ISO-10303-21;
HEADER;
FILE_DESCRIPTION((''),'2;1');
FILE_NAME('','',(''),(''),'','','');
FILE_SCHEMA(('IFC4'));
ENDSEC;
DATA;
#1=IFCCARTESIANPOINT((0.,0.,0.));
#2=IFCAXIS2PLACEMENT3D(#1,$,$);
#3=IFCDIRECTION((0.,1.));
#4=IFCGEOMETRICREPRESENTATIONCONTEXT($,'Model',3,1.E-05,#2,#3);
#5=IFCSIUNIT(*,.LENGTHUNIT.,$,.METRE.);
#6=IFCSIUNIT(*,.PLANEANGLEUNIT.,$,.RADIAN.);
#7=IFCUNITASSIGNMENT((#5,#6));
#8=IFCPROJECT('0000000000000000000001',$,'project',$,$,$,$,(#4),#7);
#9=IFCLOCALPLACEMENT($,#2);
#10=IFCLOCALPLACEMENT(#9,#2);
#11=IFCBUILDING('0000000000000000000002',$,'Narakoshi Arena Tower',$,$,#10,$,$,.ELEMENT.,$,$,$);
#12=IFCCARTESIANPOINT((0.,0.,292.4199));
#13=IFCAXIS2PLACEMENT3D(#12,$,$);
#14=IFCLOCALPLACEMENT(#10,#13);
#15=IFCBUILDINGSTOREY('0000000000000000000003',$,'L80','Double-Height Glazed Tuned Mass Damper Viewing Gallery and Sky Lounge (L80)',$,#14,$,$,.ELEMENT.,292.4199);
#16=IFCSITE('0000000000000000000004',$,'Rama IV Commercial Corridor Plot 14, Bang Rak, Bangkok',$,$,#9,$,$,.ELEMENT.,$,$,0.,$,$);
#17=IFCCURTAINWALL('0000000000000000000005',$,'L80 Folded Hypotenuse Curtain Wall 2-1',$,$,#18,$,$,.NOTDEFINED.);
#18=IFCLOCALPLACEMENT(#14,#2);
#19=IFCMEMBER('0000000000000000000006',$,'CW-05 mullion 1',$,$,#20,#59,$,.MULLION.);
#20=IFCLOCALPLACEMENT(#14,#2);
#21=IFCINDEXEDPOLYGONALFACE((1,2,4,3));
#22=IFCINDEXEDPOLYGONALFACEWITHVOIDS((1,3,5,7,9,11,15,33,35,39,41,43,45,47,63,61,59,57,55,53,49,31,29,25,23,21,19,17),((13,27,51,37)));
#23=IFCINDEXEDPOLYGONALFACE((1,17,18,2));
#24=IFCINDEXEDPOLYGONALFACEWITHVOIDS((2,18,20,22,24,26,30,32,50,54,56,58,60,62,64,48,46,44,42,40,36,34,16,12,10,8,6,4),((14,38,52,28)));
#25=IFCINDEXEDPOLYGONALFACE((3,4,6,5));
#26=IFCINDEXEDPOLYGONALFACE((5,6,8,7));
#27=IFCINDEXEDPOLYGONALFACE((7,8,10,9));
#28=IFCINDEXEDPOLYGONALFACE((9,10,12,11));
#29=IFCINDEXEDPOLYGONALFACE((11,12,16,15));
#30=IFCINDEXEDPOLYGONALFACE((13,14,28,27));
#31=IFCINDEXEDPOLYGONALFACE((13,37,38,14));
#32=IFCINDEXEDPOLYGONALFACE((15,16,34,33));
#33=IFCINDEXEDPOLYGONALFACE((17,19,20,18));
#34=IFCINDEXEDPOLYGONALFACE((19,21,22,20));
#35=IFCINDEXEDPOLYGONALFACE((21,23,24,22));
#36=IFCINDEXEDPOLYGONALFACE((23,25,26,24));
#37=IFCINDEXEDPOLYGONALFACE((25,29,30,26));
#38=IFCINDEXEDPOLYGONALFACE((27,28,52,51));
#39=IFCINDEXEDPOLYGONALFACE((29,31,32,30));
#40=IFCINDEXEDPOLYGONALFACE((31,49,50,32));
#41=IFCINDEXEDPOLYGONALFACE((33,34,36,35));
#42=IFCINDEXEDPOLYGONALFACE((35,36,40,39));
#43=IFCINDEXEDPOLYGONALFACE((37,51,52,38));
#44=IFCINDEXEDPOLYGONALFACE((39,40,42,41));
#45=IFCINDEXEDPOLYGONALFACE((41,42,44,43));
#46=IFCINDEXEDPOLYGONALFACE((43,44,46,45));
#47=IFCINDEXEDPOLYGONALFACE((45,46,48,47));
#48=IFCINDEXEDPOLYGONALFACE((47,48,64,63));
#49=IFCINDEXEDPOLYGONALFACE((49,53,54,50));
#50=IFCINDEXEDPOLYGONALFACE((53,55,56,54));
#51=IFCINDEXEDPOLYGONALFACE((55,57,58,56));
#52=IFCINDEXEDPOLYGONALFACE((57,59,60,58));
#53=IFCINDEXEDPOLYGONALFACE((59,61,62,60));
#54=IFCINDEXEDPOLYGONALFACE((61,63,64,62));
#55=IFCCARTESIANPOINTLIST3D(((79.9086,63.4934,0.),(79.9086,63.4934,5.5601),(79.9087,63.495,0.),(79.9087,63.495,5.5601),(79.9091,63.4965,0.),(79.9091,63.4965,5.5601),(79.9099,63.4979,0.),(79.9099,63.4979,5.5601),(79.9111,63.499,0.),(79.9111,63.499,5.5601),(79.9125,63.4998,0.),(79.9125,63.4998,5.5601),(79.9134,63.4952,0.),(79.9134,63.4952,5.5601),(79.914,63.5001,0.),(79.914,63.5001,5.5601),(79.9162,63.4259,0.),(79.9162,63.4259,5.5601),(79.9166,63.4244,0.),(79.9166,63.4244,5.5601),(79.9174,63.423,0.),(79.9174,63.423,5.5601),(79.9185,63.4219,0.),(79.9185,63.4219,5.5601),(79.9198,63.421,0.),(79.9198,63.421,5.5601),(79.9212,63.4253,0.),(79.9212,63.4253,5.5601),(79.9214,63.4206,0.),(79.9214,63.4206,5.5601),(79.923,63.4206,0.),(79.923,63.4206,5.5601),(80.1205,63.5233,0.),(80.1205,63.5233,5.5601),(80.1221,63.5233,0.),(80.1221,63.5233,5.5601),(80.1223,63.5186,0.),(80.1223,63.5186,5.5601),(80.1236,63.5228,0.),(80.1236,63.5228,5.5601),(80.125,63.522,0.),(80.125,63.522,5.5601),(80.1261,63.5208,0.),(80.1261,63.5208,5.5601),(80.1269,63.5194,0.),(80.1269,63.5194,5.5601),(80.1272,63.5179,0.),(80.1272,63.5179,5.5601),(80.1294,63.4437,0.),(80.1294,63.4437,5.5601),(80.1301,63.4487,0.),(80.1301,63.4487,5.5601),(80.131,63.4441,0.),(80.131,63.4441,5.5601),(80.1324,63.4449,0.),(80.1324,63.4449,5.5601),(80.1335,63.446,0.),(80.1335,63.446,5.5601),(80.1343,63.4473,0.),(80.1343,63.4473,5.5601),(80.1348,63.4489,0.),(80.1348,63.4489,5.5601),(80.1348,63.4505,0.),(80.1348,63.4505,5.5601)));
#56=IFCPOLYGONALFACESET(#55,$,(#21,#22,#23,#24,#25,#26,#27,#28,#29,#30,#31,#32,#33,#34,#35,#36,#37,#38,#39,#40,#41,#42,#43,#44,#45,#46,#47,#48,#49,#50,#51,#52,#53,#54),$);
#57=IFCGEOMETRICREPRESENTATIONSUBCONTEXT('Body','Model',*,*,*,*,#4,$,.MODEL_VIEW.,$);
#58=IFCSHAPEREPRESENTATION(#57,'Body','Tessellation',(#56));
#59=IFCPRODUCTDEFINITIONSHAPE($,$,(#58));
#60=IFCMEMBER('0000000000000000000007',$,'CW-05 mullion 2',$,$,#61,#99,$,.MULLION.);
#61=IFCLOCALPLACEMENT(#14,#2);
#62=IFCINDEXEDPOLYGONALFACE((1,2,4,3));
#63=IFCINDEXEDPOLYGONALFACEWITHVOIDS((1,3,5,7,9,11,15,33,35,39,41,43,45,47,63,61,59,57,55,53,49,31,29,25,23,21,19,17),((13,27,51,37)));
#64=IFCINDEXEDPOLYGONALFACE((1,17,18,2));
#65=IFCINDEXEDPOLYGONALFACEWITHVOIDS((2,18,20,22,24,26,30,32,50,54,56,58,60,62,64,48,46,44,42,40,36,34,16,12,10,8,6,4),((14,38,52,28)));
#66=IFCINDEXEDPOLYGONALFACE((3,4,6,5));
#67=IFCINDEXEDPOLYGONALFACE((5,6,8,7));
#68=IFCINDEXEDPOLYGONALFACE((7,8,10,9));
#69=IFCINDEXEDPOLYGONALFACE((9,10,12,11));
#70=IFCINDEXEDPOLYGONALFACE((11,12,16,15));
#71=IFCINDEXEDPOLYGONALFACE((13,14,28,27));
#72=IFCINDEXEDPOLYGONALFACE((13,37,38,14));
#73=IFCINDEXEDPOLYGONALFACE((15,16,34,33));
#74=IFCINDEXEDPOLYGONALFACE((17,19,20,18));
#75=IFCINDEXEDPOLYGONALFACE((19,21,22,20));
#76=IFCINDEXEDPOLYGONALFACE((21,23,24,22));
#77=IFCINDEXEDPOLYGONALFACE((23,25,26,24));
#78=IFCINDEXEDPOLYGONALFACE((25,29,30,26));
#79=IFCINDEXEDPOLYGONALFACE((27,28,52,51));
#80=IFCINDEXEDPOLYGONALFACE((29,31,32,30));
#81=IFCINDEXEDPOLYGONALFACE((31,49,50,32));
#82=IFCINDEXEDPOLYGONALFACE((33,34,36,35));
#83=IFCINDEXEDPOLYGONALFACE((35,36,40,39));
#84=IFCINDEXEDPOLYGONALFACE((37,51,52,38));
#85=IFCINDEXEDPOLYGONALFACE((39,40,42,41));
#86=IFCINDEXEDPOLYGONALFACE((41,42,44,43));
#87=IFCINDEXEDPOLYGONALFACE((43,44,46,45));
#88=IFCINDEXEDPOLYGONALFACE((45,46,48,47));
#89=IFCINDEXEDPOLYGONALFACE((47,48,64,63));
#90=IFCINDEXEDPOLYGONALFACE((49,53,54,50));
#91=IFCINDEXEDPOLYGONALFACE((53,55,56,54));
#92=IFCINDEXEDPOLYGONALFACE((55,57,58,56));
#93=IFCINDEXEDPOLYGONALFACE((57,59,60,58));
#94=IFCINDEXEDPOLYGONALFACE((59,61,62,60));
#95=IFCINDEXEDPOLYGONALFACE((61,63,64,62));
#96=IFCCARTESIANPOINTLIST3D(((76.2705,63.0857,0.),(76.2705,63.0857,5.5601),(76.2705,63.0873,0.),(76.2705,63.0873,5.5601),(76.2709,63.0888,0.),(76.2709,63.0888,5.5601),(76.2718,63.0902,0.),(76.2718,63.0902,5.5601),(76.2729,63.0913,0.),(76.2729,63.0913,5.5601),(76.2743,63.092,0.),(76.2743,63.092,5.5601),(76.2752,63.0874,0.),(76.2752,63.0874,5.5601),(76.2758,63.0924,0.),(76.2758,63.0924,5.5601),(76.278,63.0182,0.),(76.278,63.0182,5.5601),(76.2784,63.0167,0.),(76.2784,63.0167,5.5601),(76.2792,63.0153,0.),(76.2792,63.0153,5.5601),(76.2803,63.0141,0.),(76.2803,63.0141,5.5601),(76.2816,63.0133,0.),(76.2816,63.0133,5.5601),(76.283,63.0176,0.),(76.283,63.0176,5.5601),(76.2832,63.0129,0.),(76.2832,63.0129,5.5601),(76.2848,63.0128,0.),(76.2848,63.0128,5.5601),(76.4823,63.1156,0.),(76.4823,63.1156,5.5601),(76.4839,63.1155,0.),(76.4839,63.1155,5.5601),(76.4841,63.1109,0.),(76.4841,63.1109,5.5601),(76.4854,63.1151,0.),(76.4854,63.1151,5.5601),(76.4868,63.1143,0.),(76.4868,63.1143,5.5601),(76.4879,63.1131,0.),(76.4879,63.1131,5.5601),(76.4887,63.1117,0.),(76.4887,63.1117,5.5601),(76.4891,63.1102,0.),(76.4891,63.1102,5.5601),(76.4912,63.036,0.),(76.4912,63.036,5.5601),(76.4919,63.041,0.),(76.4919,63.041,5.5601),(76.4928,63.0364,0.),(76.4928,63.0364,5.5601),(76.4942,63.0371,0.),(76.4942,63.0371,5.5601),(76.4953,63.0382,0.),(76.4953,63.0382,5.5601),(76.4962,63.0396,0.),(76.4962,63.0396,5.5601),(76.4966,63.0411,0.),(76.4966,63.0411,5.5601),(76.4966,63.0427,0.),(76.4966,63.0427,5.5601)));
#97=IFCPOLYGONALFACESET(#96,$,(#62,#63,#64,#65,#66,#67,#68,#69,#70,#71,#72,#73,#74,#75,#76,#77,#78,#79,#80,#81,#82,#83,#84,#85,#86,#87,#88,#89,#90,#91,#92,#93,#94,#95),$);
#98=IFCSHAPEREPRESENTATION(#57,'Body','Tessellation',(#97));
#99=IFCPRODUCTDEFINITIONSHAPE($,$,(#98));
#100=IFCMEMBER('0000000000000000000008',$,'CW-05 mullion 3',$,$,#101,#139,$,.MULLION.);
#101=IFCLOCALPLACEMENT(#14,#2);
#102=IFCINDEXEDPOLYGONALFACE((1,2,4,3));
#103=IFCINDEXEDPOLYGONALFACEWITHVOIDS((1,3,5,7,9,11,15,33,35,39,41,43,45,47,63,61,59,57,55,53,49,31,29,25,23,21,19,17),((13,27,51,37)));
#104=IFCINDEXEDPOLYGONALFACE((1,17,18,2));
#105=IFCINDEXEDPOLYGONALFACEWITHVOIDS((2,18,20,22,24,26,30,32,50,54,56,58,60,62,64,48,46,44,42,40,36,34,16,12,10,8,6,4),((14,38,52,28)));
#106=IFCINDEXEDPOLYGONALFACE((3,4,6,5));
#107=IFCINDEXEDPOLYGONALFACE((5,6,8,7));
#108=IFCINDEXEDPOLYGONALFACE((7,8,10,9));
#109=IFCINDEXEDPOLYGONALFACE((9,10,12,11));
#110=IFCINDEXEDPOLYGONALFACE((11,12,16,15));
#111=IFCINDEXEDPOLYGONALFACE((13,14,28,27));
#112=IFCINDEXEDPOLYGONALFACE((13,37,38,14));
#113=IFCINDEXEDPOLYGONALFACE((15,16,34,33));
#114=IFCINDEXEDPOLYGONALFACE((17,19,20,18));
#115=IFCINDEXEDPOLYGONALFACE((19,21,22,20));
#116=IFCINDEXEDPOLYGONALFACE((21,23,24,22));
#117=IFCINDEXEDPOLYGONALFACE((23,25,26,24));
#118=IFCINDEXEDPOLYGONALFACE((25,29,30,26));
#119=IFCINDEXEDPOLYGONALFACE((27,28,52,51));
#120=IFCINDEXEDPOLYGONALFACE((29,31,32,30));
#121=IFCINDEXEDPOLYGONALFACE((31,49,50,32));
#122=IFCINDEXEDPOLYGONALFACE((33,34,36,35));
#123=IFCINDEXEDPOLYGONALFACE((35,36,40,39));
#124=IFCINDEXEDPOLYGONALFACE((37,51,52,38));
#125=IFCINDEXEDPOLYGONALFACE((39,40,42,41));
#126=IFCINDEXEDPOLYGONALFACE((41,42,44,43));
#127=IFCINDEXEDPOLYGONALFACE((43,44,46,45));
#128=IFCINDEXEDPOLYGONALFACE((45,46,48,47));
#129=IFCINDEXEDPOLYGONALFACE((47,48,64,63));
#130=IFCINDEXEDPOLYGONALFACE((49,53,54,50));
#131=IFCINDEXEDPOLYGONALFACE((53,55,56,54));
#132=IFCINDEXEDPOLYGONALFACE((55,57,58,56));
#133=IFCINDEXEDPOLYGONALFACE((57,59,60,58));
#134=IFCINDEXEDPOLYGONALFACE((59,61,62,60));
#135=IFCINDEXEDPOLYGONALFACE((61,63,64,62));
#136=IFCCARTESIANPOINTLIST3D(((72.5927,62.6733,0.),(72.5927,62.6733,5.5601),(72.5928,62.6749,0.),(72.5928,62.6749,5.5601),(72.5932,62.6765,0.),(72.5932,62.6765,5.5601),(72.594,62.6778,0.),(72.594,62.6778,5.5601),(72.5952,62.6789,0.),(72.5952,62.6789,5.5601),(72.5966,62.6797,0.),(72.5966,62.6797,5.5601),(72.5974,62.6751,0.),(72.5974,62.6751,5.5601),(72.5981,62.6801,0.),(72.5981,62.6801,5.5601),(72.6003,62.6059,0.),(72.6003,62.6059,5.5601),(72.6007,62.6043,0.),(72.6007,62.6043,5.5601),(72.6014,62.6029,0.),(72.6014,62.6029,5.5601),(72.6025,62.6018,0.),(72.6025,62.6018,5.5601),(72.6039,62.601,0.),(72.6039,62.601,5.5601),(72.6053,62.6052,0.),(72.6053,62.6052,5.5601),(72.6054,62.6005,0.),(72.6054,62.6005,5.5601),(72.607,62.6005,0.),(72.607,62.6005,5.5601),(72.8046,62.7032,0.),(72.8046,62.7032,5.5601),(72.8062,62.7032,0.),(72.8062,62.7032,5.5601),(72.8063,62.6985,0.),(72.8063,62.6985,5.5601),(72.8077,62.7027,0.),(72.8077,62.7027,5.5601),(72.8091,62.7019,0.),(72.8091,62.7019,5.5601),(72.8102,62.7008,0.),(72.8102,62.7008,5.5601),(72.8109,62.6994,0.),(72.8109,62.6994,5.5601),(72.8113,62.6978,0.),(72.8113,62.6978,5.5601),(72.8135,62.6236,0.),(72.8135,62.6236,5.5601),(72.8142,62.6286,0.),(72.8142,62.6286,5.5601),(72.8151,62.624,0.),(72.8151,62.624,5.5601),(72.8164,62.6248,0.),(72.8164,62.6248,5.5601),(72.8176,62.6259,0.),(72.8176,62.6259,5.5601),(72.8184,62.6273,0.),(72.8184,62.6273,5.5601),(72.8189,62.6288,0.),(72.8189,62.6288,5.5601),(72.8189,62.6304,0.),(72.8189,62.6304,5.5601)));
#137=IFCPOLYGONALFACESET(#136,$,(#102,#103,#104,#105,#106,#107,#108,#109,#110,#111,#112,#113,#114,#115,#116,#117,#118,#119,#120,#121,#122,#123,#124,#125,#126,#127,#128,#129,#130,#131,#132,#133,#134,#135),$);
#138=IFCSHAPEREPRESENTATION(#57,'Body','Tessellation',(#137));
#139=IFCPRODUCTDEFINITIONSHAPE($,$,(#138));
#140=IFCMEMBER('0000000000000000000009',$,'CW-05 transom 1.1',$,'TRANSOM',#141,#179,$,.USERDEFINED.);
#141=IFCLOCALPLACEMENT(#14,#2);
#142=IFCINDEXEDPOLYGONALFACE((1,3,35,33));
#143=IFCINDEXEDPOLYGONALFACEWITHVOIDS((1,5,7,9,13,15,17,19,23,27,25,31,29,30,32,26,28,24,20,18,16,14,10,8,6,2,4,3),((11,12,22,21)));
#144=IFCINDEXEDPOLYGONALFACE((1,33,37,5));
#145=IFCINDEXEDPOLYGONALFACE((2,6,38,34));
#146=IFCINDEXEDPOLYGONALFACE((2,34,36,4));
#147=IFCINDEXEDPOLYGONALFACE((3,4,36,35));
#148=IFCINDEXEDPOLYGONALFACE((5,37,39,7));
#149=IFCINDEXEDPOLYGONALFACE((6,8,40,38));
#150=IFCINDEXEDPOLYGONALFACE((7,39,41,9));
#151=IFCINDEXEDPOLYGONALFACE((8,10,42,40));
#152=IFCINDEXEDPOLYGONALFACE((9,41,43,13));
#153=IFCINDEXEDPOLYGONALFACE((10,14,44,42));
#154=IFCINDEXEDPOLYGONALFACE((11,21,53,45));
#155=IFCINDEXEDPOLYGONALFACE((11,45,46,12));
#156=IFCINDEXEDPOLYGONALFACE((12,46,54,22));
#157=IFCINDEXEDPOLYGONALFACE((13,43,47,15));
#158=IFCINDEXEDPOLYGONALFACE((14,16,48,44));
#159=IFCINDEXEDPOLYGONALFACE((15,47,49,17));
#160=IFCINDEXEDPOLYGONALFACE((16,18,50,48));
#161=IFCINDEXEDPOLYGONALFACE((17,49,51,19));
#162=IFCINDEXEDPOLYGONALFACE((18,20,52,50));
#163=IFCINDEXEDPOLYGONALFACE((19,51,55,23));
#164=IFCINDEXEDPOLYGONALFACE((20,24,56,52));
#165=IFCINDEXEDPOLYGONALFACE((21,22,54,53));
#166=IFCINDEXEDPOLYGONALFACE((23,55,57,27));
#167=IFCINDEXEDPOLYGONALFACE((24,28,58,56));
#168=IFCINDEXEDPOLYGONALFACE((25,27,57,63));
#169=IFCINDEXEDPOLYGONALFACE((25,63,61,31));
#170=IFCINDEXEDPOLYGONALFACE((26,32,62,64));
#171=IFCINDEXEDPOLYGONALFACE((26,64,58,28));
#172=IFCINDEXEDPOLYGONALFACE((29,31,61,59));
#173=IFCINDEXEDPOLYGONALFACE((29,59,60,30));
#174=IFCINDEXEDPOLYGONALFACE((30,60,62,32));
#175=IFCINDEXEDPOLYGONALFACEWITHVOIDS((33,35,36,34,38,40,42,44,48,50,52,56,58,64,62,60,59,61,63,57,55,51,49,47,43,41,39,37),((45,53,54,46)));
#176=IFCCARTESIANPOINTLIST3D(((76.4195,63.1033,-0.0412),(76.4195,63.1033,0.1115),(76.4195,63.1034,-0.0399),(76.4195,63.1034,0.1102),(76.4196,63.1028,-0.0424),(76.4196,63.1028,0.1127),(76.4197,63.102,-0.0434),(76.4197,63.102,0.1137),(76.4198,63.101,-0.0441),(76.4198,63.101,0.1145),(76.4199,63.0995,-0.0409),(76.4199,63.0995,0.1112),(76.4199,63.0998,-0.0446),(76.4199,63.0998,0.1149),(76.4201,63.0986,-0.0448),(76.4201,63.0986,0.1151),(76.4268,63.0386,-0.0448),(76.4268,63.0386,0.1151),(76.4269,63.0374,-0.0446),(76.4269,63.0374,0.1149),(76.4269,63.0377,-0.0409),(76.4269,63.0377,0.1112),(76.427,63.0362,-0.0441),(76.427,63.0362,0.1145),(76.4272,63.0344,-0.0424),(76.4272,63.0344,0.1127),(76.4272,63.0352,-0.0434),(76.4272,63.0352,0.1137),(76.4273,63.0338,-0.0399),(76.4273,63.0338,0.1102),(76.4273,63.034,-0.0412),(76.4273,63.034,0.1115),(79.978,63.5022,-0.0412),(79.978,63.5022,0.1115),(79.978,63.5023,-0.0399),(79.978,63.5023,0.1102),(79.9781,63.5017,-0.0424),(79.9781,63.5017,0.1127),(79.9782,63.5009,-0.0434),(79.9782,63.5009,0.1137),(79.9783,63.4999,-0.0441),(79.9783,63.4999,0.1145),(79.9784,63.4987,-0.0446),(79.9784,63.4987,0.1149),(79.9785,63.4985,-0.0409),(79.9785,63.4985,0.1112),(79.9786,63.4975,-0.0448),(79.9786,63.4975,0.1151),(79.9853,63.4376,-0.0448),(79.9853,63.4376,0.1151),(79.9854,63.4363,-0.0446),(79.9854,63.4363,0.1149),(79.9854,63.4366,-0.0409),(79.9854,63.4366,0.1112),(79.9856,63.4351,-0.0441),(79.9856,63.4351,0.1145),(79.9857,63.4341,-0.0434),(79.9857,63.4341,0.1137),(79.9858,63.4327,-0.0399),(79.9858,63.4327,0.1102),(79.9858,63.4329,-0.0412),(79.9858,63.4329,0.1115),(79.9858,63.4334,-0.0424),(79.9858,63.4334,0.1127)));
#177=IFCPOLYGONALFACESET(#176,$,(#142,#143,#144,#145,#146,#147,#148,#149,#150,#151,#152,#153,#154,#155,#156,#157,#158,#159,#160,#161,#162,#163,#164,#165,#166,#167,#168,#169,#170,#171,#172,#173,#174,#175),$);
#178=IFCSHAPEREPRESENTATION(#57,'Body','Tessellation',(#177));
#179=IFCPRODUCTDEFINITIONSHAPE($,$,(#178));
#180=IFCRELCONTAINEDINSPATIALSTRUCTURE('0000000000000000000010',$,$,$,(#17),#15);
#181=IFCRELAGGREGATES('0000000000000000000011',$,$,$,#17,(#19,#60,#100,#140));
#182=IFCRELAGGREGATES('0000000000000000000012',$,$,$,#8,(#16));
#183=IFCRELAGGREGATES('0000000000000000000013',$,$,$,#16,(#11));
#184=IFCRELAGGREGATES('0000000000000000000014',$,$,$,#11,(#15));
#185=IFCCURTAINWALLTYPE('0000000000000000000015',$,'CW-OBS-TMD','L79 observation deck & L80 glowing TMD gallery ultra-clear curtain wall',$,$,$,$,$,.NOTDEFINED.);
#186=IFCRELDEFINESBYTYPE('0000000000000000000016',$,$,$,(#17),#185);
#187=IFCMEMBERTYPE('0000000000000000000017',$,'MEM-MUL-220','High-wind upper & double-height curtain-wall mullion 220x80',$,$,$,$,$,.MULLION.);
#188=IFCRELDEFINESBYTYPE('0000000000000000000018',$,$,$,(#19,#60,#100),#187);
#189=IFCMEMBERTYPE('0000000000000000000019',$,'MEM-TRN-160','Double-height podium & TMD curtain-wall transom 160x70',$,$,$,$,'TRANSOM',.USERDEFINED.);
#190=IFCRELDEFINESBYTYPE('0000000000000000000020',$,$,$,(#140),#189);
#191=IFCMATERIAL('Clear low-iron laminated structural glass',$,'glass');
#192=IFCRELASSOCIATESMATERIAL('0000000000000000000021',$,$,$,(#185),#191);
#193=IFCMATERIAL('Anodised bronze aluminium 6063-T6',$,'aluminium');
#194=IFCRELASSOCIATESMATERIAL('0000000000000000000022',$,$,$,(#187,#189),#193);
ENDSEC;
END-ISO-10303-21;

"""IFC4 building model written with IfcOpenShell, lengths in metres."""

from ifc_helpers import new_model, si_unit, direction, frame, origin, origin_2d, place, context, subcontext, project, spatial, hollow_rectangle, extrude, material, material_profile, profile_set, type_object, element, aggregate, save


model = new_model("IFC4")

# Units and contexts
model_context = context("Model", 3, precision=1e-05, world=origin(), true_north=direction((0.0, 1.0)))
body_context = subcontext(model_context, "Body", "Model", "MODEL_VIEW")
ifc_project = project(units=[si_unit("LENGTHUNIT", "METRE"), si_unit("PLANEANGLEUNIT", "RADIAN")], contexts=[model_context])

# Site, building, storey
site_placement = place(None, origin())
site = spatial("IfcSite", under=ifc_project, at=site_placement, Name="Rama IV Commercial Corridor Plot 14, Bang Rak, Bangkok", CompositionType="ELEMENT", RefElevation=0.0)
building_placement = place(site_placement, origin())
building = spatial("IfcBuilding", under=site, at=building_placement, Name="Narakoshi Arena Tower", CompositionType="ELEMENT")
storey_placement = place(building_placement, frame((0.0, 0.0, 292.4199)))
storey = spatial("IfcBuildingStorey", under=building, at=storey_placement, Name="L80", Description="Double-Height Glazed Tuned Mass Damper Viewing Gallery and Sky Lounge (L80)", CompositionType="ELEMENT", Elevation=292.4199)

# Curtain wall, members
ifc_material_1 = material(Name="Clear low-iron laminated structural glass", Category="glass")
curtain_wall_type = type_object("IfcCurtainWallType", Name="CW-OBS-TMD", Description="L79 observation deck & L80 glowing TMD gallery ultra-clear curtain wall", PredefinedType="NOTDEFINED", material=ifc_material_1)
curtain_wall_placement = place(storey_placement, origin())
curtain_wall = element("IfcCurtainWall", 1, at=curtain_wall_placement, inside=storey, type_object=curtain_wall_type, Name="L80 Folded Hypotenuse Curtain Wall 2-1", PredefinedType="NOTDEFINED")
ifc_material_2 = material(Name="Anodised bronze aluminium 6063-T6", Category="aluminium")
ifc_material_profile_1 = material_profile(ifc_material_2, hollow_rectangle(XDim=0.0801, YDim=0.22, WallThickness=0.0049, OuterFilletRadius=0.0061, at=origin_2d()), Name="MUL220x80x5")
ifc_profile_set_1 = profile_set([ifc_material_profile_1], Name="Anodised bronze aluminium 6063-T6")
member_type_1 = type_object("IfcMemberType", Name="MEM-MUL-220", Description="High-wind upper & double-height curtain-wall mullion 220x80", PredefinedType="MULLION", material=ifc_profile_set_1)
member_1_placement = place(storey_placement, frame((80.0217, 63.4719, 0.0), z_axis=(0.0, 0.0, 1.0), x_axis=(0.111397, -0.993776, 0.0)))
member_1 = element("IfcMember", 2, at=member_1_placement, type_object=member_type_1, Name="CW-05 mullion 1", PredefinedType="MULLION", context=body_context, shape_type="SweptSolid", body=[
    extrude(hollow_rectangle(XDim=0.0801, YDim=0.22, WallThickness=0.0049, OuterFilletRadius=0.0061, at=origin_2d()), origin(), (0.0, 0.0, 1.0), 5.5601),
])
member_2_placement = place(storey_placement, frame((76.3835, 63.0642, 0.0), z_axis=(0.0, 0.0, 1.0), x_axis=(0.111397, -0.993776, 0.0)))
member_2 = element("IfcMember", 3, at=member_2_placement, type_object=member_type_1, Name="CW-05 mullion 2", PredefinedType="MULLION", context=body_context, shape_type="SweptSolid", body=[
    extrude(hollow_rectangle(XDim=0.0801, YDim=0.22, WallThickness=0.0049, OuterFilletRadius=0.0061, at=origin_2d()), origin(), (0.0, 0.0, 1.0), 5.5601),
])
member_3_placement = place(storey_placement, frame((72.7058, 62.6519, 0.0), z_axis=(0.0, 0.0, 1.0), x_axis=(0.111397, -0.993776, 0.0)))
member_3 = element("IfcMember", 4, at=member_3_placement, type_object=member_type_1, Name="CW-05 mullion 3", PredefinedType="MULLION", context=body_context, shape_type="SweptSolid", body=[
    extrude(hollow_rectangle(XDim=0.0801, YDim=0.22, WallThickness=0.0049, OuterFilletRadius=0.0061, at=origin_2d()), origin(), (0.0, 0.0, 1.0), 5.5601),
])
ifc_material_profile_2 = material_profile(ifc_material_2, hollow_rectangle(XDim=0.0701, YDim=0.1599, WallThickness=0.0039, OuterFilletRadius=0.0049, at=origin_2d()), Name="TRN160x70x4")
ifc_profile_set_2 = profile_set([ifc_material_profile_2], Name="Anodised bronze aluminium 6063-T6")
member_type_2 = type_object("IfcMemberType", Name="MEM-TRN-160", Description="Double-height podium & TMD curtain-wall transom 160x70", ElementType="TRANSOM", PredefinedType="USERDEFINED", material=ifc_profile_set_2)
member_4_placement = place(storey_placement, frame((79.9819, 63.4675, 0.0352), z_axis=(-0.993775, -0.111404, 0.0), x_axis=(0.111404, -0.993775, 0.0)))
member_4 = element("IfcMember", 5, at=member_4_placement, type_object=member_type_2, Name="CW-05 transom 1.1", ObjectType="TRANSOM", PredefinedType="USERDEFINED", context=body_context, shape_type="SweptSolid", body=[
    extrude(hollow_rectangle(XDim=0.0701, YDim=0.1599, WallThickness=0.0039, OuterFilletRadius=0.0049, at=origin_2d()), origin(), (0.0, 0.0, 1.0), 3.5808),
])
aggregate(curtain_wall, [member_1, member_2, member_3, member_4])

save(model, "model.ifc")
